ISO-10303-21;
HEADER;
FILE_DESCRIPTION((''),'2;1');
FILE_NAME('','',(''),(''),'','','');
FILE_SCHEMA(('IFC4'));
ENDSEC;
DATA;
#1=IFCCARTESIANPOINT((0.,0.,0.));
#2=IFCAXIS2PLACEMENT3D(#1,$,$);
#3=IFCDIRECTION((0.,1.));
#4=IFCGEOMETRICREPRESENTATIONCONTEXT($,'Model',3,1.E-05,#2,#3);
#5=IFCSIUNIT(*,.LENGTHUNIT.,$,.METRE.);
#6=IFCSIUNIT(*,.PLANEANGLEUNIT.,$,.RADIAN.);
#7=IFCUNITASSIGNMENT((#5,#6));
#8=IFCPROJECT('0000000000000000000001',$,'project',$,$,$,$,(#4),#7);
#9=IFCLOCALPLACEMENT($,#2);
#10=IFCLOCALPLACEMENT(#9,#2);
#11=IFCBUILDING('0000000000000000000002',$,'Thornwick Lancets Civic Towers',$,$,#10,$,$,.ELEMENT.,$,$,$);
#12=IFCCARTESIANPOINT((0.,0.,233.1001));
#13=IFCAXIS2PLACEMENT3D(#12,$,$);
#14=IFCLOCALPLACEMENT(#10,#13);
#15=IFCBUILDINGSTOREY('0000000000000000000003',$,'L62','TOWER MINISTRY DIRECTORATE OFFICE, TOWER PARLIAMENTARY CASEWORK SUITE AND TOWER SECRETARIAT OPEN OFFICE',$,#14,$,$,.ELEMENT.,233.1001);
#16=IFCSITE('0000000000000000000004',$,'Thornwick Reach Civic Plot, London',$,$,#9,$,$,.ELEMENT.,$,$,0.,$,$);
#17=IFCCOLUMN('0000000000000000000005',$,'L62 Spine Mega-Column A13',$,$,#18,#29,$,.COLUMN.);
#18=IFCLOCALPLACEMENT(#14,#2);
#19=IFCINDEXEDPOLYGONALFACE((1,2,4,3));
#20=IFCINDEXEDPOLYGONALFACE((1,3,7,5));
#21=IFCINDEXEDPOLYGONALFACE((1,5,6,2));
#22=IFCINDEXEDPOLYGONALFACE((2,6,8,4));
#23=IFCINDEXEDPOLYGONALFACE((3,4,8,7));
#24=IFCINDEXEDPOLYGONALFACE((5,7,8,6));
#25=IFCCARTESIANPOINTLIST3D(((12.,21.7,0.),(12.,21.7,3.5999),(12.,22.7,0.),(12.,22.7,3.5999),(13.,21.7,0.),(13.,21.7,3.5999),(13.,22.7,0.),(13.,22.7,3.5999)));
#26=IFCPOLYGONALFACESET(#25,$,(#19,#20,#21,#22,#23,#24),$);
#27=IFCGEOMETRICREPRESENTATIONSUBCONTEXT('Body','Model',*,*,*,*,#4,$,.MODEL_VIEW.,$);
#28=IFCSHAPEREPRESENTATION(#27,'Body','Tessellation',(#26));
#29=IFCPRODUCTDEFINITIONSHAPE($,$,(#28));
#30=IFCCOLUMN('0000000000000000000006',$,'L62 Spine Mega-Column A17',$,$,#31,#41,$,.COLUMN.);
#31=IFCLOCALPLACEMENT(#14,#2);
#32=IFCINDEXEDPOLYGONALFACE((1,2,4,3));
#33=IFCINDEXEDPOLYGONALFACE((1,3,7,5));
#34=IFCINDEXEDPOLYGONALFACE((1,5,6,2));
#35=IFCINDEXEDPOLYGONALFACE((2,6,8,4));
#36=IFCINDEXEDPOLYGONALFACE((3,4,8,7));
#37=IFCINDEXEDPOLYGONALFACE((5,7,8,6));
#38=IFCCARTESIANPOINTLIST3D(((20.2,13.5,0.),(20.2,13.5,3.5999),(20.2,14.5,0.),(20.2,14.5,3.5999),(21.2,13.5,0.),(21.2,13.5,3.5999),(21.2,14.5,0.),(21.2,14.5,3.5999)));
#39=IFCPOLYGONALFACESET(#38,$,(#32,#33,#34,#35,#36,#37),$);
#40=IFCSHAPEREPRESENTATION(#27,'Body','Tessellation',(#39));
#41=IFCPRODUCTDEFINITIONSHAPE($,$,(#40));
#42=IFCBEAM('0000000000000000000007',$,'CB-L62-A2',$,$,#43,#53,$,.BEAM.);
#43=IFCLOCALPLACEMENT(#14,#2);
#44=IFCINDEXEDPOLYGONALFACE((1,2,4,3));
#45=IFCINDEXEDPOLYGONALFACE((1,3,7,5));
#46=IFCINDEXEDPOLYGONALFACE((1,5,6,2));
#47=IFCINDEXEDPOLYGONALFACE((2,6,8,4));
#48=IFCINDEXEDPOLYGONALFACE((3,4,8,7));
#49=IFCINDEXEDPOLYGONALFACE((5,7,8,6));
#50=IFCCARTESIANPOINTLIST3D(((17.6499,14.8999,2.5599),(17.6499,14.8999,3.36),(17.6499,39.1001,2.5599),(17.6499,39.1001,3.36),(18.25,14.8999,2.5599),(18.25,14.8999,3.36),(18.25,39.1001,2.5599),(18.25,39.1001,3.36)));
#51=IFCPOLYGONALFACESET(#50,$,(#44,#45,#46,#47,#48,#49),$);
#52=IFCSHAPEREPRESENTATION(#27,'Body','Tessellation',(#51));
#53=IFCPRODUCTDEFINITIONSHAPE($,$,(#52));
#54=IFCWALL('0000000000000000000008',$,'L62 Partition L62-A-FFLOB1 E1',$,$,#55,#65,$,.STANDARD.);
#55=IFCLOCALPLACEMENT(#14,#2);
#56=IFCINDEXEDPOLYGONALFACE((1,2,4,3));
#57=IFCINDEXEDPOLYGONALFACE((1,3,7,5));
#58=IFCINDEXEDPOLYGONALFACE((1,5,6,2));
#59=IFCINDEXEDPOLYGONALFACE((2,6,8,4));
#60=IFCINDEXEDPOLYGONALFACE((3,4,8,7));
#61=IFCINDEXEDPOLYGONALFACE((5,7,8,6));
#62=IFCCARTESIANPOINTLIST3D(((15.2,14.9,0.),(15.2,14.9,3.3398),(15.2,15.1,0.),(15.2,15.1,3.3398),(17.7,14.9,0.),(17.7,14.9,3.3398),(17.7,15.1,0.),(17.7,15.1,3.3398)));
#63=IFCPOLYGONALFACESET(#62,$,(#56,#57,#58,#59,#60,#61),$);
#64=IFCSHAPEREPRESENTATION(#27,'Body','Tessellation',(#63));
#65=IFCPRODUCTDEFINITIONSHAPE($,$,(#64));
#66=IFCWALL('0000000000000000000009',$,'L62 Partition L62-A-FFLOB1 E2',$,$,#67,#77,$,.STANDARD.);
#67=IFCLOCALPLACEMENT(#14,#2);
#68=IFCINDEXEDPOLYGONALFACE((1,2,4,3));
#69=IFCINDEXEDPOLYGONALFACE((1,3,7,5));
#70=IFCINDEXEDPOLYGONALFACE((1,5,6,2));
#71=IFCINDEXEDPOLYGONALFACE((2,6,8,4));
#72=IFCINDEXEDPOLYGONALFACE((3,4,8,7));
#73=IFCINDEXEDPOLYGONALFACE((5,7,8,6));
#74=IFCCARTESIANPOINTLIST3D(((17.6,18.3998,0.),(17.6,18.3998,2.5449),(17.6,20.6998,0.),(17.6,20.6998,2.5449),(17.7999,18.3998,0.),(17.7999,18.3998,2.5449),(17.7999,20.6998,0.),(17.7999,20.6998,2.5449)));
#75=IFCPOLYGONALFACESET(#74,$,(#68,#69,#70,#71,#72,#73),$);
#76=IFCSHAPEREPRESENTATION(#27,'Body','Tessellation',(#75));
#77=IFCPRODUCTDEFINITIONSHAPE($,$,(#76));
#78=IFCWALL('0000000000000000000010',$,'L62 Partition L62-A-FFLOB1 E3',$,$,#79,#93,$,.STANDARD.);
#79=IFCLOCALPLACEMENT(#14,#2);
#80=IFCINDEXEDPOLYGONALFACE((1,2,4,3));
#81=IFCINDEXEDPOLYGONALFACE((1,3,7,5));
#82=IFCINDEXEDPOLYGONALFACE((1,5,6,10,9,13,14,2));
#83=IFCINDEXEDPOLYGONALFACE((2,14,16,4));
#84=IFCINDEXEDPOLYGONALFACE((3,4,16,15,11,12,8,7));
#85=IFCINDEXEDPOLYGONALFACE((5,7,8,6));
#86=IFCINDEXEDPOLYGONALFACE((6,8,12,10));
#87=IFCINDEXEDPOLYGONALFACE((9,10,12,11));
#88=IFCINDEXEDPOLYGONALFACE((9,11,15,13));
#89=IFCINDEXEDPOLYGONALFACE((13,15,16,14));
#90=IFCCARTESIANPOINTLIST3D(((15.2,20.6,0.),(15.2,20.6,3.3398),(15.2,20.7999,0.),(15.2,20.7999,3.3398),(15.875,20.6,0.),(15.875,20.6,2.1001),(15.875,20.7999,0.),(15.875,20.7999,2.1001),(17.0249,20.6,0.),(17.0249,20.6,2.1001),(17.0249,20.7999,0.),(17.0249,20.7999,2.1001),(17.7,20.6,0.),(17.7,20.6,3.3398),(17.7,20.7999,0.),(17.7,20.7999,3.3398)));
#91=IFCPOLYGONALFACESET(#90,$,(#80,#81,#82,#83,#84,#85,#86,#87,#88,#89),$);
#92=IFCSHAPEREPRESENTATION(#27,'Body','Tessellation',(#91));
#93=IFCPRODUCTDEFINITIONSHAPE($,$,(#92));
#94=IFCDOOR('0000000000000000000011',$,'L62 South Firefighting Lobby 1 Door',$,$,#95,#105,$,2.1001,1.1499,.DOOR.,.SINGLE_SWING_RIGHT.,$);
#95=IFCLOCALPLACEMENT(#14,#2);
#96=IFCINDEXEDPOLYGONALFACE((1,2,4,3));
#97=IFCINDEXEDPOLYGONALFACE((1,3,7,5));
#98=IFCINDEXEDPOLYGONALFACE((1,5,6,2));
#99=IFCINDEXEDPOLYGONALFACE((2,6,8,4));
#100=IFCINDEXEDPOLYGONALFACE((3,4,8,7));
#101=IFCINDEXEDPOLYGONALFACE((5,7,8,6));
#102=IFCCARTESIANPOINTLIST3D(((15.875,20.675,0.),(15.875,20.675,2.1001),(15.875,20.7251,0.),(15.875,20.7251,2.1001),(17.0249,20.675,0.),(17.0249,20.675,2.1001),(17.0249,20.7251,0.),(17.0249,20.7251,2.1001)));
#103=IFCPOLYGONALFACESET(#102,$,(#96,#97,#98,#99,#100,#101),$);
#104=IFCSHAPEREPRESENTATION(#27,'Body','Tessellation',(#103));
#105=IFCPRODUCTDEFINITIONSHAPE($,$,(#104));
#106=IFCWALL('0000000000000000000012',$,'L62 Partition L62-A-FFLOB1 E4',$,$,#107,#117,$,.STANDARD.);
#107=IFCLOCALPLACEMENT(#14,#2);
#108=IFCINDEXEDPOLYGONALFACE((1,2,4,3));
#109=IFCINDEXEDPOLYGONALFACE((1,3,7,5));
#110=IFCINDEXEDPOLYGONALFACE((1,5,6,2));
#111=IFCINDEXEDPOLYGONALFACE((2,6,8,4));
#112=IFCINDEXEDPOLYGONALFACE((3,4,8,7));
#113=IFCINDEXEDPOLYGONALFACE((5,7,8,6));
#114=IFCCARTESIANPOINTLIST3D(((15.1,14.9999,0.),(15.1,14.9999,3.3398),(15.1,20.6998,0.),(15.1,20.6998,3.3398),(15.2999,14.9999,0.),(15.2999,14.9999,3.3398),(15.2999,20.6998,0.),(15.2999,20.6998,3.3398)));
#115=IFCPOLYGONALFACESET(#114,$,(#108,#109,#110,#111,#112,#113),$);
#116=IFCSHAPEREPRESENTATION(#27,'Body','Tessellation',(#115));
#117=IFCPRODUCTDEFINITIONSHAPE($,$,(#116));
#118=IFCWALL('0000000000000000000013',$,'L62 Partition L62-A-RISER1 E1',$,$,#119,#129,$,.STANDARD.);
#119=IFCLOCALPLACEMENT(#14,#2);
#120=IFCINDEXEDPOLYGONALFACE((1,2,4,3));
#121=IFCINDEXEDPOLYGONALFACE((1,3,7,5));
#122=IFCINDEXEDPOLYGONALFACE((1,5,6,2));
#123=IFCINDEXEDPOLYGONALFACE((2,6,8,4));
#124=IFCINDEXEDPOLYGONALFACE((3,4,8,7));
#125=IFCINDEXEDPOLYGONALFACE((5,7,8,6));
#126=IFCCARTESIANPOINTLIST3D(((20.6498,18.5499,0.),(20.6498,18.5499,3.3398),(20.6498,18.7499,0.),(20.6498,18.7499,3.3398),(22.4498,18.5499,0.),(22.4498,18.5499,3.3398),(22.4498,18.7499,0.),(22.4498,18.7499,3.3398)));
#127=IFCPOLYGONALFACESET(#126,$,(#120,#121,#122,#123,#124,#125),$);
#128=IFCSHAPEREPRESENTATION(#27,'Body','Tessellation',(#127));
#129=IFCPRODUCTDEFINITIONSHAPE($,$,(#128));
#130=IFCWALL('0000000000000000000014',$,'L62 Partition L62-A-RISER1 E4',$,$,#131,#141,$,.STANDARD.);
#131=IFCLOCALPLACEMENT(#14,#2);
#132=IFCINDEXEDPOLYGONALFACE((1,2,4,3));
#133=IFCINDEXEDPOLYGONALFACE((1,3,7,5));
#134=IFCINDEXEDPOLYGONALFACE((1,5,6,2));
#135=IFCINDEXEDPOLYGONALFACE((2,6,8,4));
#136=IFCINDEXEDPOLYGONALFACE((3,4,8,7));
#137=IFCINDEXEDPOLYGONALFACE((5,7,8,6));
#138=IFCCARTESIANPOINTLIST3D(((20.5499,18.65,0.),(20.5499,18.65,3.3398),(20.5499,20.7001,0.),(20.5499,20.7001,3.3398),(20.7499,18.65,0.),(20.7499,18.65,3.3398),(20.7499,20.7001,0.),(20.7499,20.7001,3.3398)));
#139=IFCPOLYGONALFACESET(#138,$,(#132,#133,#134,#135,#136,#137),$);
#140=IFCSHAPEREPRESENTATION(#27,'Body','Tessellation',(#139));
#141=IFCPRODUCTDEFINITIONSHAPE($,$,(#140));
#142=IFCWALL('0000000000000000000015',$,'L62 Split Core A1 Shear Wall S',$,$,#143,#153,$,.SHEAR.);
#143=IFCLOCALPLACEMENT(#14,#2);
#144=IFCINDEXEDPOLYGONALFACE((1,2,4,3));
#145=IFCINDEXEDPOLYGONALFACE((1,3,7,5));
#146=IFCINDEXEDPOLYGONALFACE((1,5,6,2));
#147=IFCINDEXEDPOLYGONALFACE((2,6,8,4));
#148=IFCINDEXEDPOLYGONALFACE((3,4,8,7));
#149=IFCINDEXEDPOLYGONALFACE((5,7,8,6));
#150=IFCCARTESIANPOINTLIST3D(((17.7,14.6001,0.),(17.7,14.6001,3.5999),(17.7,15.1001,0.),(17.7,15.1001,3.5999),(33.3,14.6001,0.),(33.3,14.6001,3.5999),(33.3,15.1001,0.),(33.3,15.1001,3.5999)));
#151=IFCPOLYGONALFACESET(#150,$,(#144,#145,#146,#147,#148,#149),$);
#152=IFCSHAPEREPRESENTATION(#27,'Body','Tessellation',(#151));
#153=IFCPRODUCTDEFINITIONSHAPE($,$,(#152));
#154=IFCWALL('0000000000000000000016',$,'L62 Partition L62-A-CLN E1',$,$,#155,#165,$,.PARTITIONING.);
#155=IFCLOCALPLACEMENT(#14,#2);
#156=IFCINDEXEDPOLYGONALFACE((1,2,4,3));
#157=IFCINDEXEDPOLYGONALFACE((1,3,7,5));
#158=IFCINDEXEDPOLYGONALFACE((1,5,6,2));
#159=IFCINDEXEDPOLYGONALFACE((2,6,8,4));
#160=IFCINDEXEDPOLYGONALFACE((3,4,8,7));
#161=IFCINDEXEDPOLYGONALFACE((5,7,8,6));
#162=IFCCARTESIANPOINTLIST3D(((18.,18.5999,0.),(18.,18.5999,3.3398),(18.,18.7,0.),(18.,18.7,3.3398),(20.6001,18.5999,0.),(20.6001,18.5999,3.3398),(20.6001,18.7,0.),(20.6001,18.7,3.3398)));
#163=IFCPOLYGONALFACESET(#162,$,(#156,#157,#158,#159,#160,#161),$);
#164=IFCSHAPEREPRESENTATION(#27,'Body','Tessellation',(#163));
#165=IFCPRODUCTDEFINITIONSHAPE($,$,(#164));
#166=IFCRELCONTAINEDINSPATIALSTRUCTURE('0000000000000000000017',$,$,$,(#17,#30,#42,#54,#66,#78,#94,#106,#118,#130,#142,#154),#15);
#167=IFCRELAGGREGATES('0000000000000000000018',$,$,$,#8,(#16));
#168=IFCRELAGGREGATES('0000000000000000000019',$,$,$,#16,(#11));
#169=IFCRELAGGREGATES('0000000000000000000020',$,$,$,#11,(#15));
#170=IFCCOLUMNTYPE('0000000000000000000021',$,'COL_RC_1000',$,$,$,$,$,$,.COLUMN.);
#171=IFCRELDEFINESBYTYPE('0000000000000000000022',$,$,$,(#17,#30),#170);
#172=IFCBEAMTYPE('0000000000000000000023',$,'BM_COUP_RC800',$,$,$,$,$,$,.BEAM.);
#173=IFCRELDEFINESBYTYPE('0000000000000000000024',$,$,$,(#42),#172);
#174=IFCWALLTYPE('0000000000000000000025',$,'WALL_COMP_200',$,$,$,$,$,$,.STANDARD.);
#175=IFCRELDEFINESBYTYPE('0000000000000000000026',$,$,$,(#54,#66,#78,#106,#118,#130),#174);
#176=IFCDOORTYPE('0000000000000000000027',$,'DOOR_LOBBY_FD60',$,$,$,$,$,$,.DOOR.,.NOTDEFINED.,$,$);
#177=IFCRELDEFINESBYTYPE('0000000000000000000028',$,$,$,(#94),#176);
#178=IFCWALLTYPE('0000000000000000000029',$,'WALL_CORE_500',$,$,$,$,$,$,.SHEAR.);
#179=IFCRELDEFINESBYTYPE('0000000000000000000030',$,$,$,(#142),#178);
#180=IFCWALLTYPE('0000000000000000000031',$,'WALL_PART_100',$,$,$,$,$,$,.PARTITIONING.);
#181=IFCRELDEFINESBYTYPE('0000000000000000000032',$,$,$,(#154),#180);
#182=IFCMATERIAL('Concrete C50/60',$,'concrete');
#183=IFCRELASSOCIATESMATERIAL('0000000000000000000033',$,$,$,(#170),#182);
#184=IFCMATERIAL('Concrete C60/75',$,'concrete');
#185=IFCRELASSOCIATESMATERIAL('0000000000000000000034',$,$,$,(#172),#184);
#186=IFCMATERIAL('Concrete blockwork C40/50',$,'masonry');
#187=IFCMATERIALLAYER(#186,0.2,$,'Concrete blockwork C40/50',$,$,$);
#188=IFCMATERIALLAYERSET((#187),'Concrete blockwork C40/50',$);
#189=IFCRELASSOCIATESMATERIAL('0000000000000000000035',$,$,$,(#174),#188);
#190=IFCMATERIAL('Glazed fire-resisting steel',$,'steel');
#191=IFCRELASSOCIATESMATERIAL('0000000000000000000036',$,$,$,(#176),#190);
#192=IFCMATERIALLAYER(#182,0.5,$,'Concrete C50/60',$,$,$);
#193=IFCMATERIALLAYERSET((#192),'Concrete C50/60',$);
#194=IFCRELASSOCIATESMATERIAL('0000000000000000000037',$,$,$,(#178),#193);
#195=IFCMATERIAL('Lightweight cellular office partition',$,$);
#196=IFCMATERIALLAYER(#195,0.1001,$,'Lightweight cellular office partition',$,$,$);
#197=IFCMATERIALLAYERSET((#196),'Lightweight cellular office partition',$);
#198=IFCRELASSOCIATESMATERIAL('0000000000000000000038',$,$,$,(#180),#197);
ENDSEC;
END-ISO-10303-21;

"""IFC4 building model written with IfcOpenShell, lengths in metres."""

from ifc_helpers import new_model, si_unit, direction, frame, frame_2d, origin, origin_2d, place, context, subcontext, project, spatial, rectangle, extrude, material, layer, layer_set, material_profile, profile_set, type_object, element, fill, save


model = new_model("IFC4")

# Units and contexts
model_context = context("Model", 3, precision=1e-05, world=origin(), true_north=direction((0.0, 1.0)))
body_context = subcontext(model_context, "Body", "Model", "MODEL_VIEW")
ifc_project = project(units=[si_unit("LENGTHUNIT", "METRE"), si_unit("PLANEANGLEUNIT", "RADIAN")], contexts=[model_context])

# Site, building, storey
site_placement = place(None, origin())
site = spatial("IfcSite", under=ifc_project, at=site_placement, Name="Thornwick Reach Civic Plot, London", CompositionType="ELEMENT", RefElevation=0.0)
building_placement = place(site_placement, origin())
building = spatial("IfcBuilding", under=site, at=building_placement, Name="Thornwick Lancets Civic Towers", CompositionType="ELEMENT")
storey_placement = place(building_placement, frame((0.0, 0.0, 233.1001)))
storey = spatial("IfcBuildingStorey", under=building, at=storey_placement, Name="L62", Description="TOWER MINISTRY DIRECTORATE OFFICE, TOWER PARLIAMENTARY CASEWORK SUITE AND TOWER SECRETARIAT OPEN OFFICE", CompositionType="ELEMENT", Elevation=233.1001)

# Columns
ifc_material_1 = material(Name="Concrete C50/60", Category="concrete")
ifc_material_profile_1 = material_profile(ifc_material_1, rectangle(XDim=1.0, YDim=1.0, at=origin_2d()), Name="RC 1000x1000")
ifc_profile_set_1 = profile_set([ifc_material_profile_1], Name="Concrete C50/60")
column_type = type_object("IfcColumnType", Name="COL_RC_1000", PredefinedType="COLUMN", material=ifc_profile_set_1)
for number, where, z_axis, x_axis, name in (
    (1, (12.5, 22.2, 0.0), (0.0, 0.0, 1.0), (1.0, 0.0, 0.0), "L62 Spine Mega-Column A13"),
    (2, (20.7, 14.0, 0.0), (0.0, 0.0, 1.0), (1.0, 0.0, 0.0), "L62 Spine Mega-Column A17"),
):
    element("IfcColumn", number, at=place(storey_placement, frame(where, z_axis=z_axis, x_axis=x_axis)), inside=storey, type_object=column_type, Name=name, PredefinedType="COLUMN", context=body_context, shape_type="SweptSolid", body=[
        extrude(rectangle(XDim=1.0, YDim=1.0, at=origin_2d()), origin(), (0.0, 0.0, 1.0), 3.5999),
    ])

# Beam
ifc_material_2 = material(Name="Concrete C60/75", Category="concrete")
ifc_material_profile_2 = material_profile(ifc_material_2, rectangle(XDim=0.6001, YDim=0.8, at=origin_2d()), Name="RC 600x800")
ifc_profile_set_2 = profile_set([ifc_material_profile_2], Name="Concrete C60/75")
beam_type = type_object("IfcBeamType", Name="BM_COUP_RC800", PredefinedType="BEAM", material=ifc_profile_set_2)
beam_placement = place(storey_placement, frame((17.95, 14.8999, 2.96), z_axis=(0.0, 1.0, 0.0), x_axis=(-1.0, 0.0, 0.0)))
element("IfcBeam", 3, at=beam_placement, inside=storey, type_object=beam_type, Name="CB-L62-A2", PredefinedType="BEAM", context=body_context, shape_type="SweptSolid", body=[
    extrude(rectangle(XDim=0.6001, YDim=0.8, at=origin_2d()), origin(), (0.0, 0.0, 1.0), 24.2002),
])

# Walls
ifc_material_3 = material(Name="Concrete blockwork C40/50", Category="masonry")
ifc_layer_1 = layer(ifc_material_3, 0.2, Name="Concrete blockwork C40/50")
ifc_layer_set_1 = layer_set([ifc_layer_1], Name="Concrete blockwork C40/50")
wall_type_1 = type_object("IfcWallType", Name="WALL_COMP_200", PredefinedType="STANDARD", material=ifc_layer_set_1)
wall_1_placement = place(storey_placement, frame((15.2, 15.0, 0.0), z_axis=(0.0, 0.0, 1.0), x_axis=(1.0, 0.0, 0.0)))
element("IfcWall", 4, at=wall_1_placement, inside=storey, type_object=wall_type_1, Name="L62 Partition L62-A-FFLOB1 E1", PredefinedType="STANDARD", context=body_context, shape_type="SweptSolid", body=[
    extrude(rectangle(XDim=2.5, YDim=0.2, at=frame_2d((1.25, 0.0))), origin(), (0.0, 0.0, 1.0), 3.3398),
])
wall_2_placement = place(storey_placement, frame((17.7, 18.3999, 0.0), z_axis=(0.0, 0.0, 1.0), x_axis=(0.0, 1.0, 0.0)))
element("IfcWall", 5, at=wall_2_placement, inside=storey, type_object=wall_type_1, Name="L62 Partition L62-A-FFLOB1 E2", PredefinedType="STANDARD", context=body_context, shape_type="SweptSolid", body=[
    extrude(rectangle(XDim=2.3, YDim=0.2, at=frame_2d((1.1499, 0.0))), origin(), (0.0, 0.0, 1.0), 2.5449),
])

# Wall, opening, door
wall_3_placement = place(storey_placement, frame((17.7, 20.7, 0.0), z_axis=(0.0, 0.0, 1.0), x_axis=(-1.0, 0.0, 0.0)))
wall_3 = element("IfcWall", 6, at=wall_3_placement, inside=storey, type_object=wall_type_1, Name="L62 Partition L62-A-FFLOB1 E3", PredefinedType="STANDARD", context=body_context, shape_type="SweptSolid", body=[
    extrude(rectangle(XDim=2.5, YDim=0.2, at=frame_2d((1.25, 0.0))), origin(), (0.0, 0.0, 1.0), 3.3398),
])
opening_1_placement = place(wall_3_placement, frame((0.675, 0.0, 0.0)))
opening_1 = element("IfcOpeningElement", 7, at=opening_1_placement, cuts=wall_3, PredefinedType="OPENING", context=body_context, shape_type="SweptSolid", body=[
    extrude(rectangle(XDim=1.1499, YDim=2.1001, at=frame_2d((0.575, 1.05))), frame((0.0, 0.1099, 0.0), z_axis=(0.0, -1.0, 0.0), x_axis=(1.0, 0.0, 0.0)), (0.0, 0.0, 1.0), 0.22),
])
ifc_material_4 = material(Name="Glazed fire-resisting steel", Category="steel")
door_type_1 = type_object("IfcDoorType", Name="DOOR_LOBBY_FD60", OperationType="NOTDEFINED", PredefinedType="DOOR", material=ifc_material_4)
door_1_placement = place(opening_1_placement, origin())
door_1 = element("IfcDoor", 8, at=door_1_placement, inside=storey, type_object=door_type_1, Name="L62 South Firefighting Lobby 1 Door", OperationType="SINGLE_SWING_RIGHT", OverallHeight=2.1001, OverallWidth=1.1499, PredefinedType="DOOR", context=body_context, shape_type="SweptSolid", body=[
    extrude(rectangle(XDim=1.1499, YDim=2.1001, at=frame_2d((0.575, 1.05))), frame((0.0, 0.0249, 0.0), z_axis=(0.0, -1.0, 0.0), x_axis=(1.0, 0.0, 0.0)), (0.0, 0.0, 1.0), 0.05),
])
fill(opening_1, door_1)

# Walls
wall_4_placement = place(storey_placement, frame((15.2, 20.7, 0.0), z_axis=(0.0, 0.0, 1.0), x_axis=(0.0, -1.0, 0.0)))
element("IfcWall", 9, at=wall_4_placement, inside=storey, type_object=wall_type_1, Name="L62 Partition L62-A-FFLOB1 E4", PredefinedType="STANDARD", context=body_context, shape_type="SweptSolid", body=[
    extrude(rectangle(XDim=5.7, YDim=0.2, at=frame_2d((2.8501, 0.0))), origin(), (0.0, 0.0, 1.0), 3.3398),
])
wall_5_placement = place(storey_placement, frame((20.6499, 18.6499, 0.0), z_axis=(0.0, 0.0, 1.0), x_axis=(1.0, 0.0, 0.0)))
element("IfcWall", 10, at=wall_5_placement, inside=storey, type_object=wall_type_1, Name="L62 Partition L62-A-RISER1 E1", PredefinedType="STANDARD", context=body_context, shape_type="SweptSolid", body=[
    extrude(rectangle(XDim=1.8, YDim=0.2, at=frame_2d((0.8999, 0.0))), origin(), (0.0, 0.0, 1.0), 3.3398),
])
wall_6_placement = place(storey_placement, frame((20.6499, 20.7, 0.0), z_axis=(0.0, 0.0, 1.0), x_axis=(0.0, -1.0, 0.0)))
element("IfcWall", 11, at=wall_6_placement, inside=storey, type_object=wall_type_1, Name="L62 Partition L62-A-RISER1 E4", PredefinedType="STANDARD", context=body_context, shape_type="SweptSolid", body=[
    extrude(rectangle(XDim=2.05, YDim=0.2, at=frame_2d((1.0249, 0.0))), origin(), (0.0, 0.0, 1.0), 3.3398),
])
ifc_layer_2 = layer(ifc_material_1, 0.5, Name="Concrete C50/60")
ifc_layer_set_2 = layer_set([ifc_layer_2], Name="Concrete C50/60")
wall_type_2 = type_object("IfcWallType", Name="WALL_CORE_500", PredefinedType="SHEAR", material=ifc_layer_set_2)
wall_7_placement = place(storey_placement, frame((17.7, 14.8501, 0.0), z_axis=(0.0, 0.0, 1.0), x_axis=(1.0, 0.0, 0.0)))
element("IfcWall", 12, at=wall_7_placement, inside=storey, type_object=wall_type_2, Name="L62 Split Core A1 Shear Wall S", PredefinedType="SHEAR", context=body_context, shape_type="SweptSolid", body=[
    extrude(rectangle(XDim=15.6001, YDim=0.5, at=frame_2d((7.8, 0.0))), origin(), (0.0, 0.0, 1.0), 3.5999),
])
ifc_material_5 = material(Name="Lightweight cellular office partition")
ifc_layer_3 = layer(ifc_material_5, 0.1001, Name="Lightweight cellular office partition")
ifc_layer_set_3 = layer_set([ifc_layer_3], Name="Lightweight cellular office partition")
wall_type_3 = type_object("IfcWallType", Name="WALL_PART_100", PredefinedType="PARTITIONING", material=ifc_layer_set_3)
wall_8_placement = place(storey_placement, frame((18.0, 18.6499, 0.0), z_axis=(0.0, 0.0, 1.0), x_axis=(1.0, 0.0, 0.0)))
element("IfcWall", 13, at=wall_8_placement, inside=storey, type_object=wall_type_3, Name="L62 Partition L62-A-CLN E1", PredefinedType="PARTITIONING", context=body_context, shape_type="SweptSolid", body=[
    extrude(rectangle(XDim=2.6001, YDim=0.1001, at=frame_2d((1.3, 0.0))), origin(), (0.0, 0.0, 1.0), 3.3398),
])

save(model, "model.ifc")
